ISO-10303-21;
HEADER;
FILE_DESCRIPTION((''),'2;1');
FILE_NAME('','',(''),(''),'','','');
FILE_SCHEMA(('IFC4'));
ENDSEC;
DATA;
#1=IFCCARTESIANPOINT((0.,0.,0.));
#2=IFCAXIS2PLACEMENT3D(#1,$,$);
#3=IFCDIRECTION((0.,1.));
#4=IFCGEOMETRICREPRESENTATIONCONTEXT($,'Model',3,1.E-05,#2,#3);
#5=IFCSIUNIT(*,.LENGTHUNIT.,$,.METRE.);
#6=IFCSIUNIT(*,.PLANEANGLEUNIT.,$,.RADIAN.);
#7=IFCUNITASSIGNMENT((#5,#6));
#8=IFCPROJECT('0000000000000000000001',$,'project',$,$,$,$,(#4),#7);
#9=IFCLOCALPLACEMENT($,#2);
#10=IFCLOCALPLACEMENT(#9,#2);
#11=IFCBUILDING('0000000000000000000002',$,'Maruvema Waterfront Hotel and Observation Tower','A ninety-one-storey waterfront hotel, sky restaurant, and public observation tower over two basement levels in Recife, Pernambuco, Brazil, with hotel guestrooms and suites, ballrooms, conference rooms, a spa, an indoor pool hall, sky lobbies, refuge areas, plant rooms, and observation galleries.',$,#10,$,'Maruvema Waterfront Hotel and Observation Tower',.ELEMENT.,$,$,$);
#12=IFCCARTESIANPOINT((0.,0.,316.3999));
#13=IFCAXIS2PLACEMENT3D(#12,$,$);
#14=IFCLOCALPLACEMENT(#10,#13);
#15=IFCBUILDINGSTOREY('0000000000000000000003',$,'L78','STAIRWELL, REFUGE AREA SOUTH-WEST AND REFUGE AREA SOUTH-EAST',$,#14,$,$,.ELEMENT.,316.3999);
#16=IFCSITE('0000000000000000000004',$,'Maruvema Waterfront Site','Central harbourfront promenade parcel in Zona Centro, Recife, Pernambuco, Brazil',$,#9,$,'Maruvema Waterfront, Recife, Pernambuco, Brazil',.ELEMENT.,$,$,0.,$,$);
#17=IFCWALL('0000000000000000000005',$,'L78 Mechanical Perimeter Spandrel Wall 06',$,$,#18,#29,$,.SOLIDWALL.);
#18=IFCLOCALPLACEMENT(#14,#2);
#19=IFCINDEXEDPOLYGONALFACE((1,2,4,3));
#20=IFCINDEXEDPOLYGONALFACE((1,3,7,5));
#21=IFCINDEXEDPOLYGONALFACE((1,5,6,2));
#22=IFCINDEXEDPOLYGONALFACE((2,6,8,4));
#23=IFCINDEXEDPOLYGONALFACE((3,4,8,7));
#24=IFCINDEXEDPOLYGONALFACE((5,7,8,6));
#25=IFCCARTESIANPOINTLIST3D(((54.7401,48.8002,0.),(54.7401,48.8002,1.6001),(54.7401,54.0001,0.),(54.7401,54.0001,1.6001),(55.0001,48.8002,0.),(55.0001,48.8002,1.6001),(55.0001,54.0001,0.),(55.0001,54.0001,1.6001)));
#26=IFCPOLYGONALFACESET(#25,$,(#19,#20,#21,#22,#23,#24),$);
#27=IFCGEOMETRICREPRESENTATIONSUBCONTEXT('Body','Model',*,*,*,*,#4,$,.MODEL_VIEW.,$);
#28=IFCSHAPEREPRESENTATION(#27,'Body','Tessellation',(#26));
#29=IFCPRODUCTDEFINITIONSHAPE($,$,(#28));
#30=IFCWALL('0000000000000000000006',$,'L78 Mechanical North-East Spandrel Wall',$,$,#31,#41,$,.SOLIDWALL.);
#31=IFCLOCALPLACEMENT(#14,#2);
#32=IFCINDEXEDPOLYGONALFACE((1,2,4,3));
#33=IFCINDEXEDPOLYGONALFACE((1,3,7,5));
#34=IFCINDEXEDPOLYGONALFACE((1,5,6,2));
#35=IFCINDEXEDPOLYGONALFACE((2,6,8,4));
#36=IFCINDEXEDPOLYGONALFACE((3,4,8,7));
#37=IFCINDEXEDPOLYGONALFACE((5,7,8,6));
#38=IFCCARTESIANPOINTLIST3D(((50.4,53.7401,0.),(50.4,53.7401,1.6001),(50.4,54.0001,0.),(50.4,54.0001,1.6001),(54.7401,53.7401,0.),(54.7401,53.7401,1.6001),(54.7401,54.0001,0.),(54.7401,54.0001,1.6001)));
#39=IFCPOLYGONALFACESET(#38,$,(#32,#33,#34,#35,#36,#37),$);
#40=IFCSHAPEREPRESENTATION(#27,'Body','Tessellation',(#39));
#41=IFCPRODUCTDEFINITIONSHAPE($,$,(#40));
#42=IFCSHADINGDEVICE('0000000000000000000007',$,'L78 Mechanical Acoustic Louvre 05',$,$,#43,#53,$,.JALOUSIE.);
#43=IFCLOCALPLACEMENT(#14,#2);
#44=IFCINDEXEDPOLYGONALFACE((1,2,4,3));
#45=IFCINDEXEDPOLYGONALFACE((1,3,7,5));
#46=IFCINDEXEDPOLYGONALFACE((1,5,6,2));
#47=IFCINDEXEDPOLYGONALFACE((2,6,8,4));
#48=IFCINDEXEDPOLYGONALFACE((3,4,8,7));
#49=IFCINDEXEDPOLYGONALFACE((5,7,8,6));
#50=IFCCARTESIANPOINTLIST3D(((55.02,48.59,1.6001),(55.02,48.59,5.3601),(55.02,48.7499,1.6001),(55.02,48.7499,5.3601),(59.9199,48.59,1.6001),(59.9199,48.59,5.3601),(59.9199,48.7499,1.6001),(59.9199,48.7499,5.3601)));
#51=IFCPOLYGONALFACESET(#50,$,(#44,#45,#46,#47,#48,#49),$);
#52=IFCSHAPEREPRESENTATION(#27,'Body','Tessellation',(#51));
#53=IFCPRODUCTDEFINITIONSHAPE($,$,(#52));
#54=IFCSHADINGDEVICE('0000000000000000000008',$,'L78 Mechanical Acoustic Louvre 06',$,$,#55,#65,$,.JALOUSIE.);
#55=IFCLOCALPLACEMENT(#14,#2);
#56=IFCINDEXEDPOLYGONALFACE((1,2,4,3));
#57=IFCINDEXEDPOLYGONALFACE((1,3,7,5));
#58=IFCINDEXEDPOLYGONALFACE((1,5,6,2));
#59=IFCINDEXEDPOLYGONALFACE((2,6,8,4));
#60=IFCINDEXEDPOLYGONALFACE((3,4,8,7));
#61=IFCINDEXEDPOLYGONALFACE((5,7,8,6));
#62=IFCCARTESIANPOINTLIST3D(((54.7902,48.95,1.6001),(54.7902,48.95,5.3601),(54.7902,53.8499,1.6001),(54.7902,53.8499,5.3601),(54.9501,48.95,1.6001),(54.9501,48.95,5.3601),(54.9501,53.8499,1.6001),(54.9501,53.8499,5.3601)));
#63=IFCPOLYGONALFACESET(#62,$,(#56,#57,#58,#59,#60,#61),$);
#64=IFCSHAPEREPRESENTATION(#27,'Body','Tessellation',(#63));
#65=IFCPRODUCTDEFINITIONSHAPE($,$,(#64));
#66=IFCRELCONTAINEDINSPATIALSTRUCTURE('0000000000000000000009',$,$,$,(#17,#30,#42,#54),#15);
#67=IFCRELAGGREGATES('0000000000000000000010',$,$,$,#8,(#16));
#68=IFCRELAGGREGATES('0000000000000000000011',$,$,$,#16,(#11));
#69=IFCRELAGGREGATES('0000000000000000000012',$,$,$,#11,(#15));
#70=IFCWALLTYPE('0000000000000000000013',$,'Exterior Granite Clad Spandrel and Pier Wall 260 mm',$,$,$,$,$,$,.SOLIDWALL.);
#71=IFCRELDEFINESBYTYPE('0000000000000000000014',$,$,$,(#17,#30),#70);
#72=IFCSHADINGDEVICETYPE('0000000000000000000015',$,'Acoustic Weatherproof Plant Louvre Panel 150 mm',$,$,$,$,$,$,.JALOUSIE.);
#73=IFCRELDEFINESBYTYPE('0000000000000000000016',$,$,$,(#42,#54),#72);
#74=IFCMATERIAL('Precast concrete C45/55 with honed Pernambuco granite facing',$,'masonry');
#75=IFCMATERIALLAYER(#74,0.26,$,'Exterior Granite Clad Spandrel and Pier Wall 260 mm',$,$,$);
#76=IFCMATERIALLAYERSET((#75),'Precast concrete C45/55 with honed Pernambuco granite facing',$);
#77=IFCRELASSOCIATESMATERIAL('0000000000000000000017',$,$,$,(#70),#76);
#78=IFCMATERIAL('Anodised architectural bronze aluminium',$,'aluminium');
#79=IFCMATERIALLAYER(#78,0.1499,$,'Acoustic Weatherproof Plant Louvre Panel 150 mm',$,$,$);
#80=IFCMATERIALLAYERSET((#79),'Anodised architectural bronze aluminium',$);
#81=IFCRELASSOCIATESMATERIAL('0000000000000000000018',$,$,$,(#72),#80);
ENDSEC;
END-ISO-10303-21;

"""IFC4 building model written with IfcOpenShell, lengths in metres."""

from ifc_helpers import new_model, si_unit, direction, frame, frame_2d, origin, origin_2d, place, context, subcontext, project, spatial, rectangle, extrude, material, layer, layer_set, type_object, element, save


model = new_model("IFC4")

# Units and contexts
model_context = context("Model", 3, precision=1e-05, world=origin(), true_north=direction((0.0, 1.0)))
body_context = subcontext(model_context, "Body", "Model", "MODEL_VIEW")
ifc_project = project(units=[si_unit("LENGTHUNIT", "METRE"), si_unit("PLANEANGLEUNIT", "RADIAN")], contexts=[model_context])

# Site, building, storey
site_placement = place(None, origin())
site = spatial("IfcSite", under=ifc_project, at=site_placement, Name="Maruvema Waterfront Site", Description="Central harbourfront promenade parcel in Zona Centro, Recife, Pernambuco, Brazil", LongName="Maruvema Waterfront, Recife, Pernambuco, Brazil", CompositionType="ELEMENT", RefElevation=0.0)
building_placement = place(site_placement, origin())
building = spatial("IfcBuilding", under=site, at=building_placement, Name="Maruvema Waterfront Hotel and Observation Tower", Description="A ninety-one-storey waterfront hotel, sky restaurant, and public observation tower over two basement levels in Recife, Pernambuco, Brazil, with hotel guestrooms and suites, ballrooms, conference rooms, a spa, an indoor pool hall, sky lobbies, refuge areas, plant rooms, and observation galleries.", LongName="Maruvema Waterfront Hotel and Observation Tower", CompositionType="ELEMENT")
storey_placement = place(building_placement, frame((0.0, 0.0, 316.3999)))
storey = spatial("IfcBuildingStorey", under=building, at=storey_placement, Name="L78", Description="STAIRWELL, REFUGE AREA SOUTH-WEST AND REFUGE AREA SOUTH-EAST", CompositionType="ELEMENT", Elevation=316.3999)

# Walls
ifc_material_1 = material(Name="Precast concrete C45/55 with honed Pernambuco granite facing", Category="masonry")
ifc_layer_1 = layer(ifc_material_1, 0.26, Name="Exterior Granite Clad Spandrel and Pier Wall 260 mm")
ifc_layer_set_1 = layer_set([ifc_layer_1], Name="Precast concrete C45/55 with honed Pernambuco granite facing")
wall_type = type_object("IfcWallType", Name="Exterior Granite Clad Spandrel and Pier Wall 260 mm", PredefinedType="SOLIDWALL", material=ifc_layer_set_1)
wall_1_placement = place(storey_placement, frame((54.8701, 48.8, 0.0), z_axis=(0.0, 0.0, 1.0), x_axis=(0.0, 1.0, 0.0)))
element("IfcWall", 1, at=wall_1_placement, inside=storey, type_object=wall_type, Name="L78 Mechanical Perimeter Spandrel Wall 06", PredefinedType="SOLIDWALL", context=body_context, shape_type="SweptSolid", body=[
    extrude(rectangle(XDim=5.2, YDim=0.26, at=frame_2d((2.6001, 0.0))), origin(), (0.0, 0.0, 1.0), 1.6001),
])
wall_2_placement = place(storey_placement, frame((54.74, 53.8701, 0.0), z_axis=(0.0, 0.0, 1.0), x_axis=(-1.0, 0.0, 0.0)))
element("IfcWall", 2, at=wall_2_placement, inside=storey, type_object=wall_type, Name="L78 Mechanical North-East Spandrel Wall", PredefinedType="SOLIDWALL", context=body_context, shape_type="SweptSolid", body=[
    extrude(rectangle(XDim=4.3401, YDim=0.26, at=frame_2d((2.1699, 0.0))), origin(), (0.0, 0.0, 1.0), 1.6001),
])

# Shading devices
ifc_material_2 = material(Name="Anodised architectural bronze aluminium", Category="aluminium")
ifc_layer_2 = layer(ifc_material_2, 0.1499, Name="Acoustic Weatherproof Plant Louvre Panel 150 mm")
ifc_layer_set_2 = layer_set([ifc_layer_2], Name="Anodised architectural bronze aluminium")
shading_device_type = type_object("IfcShadingDeviceType", Name="Acoustic Weatherproof Plant Louvre Panel 150 mm", PredefinedType="JALOUSIE", material=ifc_layer_set_2)
for number, where, z_axis, x_axis, name in (
    (3, (57.47, 48.6699, 1.6001), (0.0, 0.0, 1.0), (-1.0, 0.0, 0.0), "L78 Mechanical Acoustic Louvre 05"),
    (4, (54.8701, 51.3999, 1.6001), (0.0, 0.0, 1.0), (0.0, 1.0, 0.0), "L78 Mechanical Acoustic Louvre 06"),
):
    element("IfcShadingDevice", number, at=place(storey_placement, frame(where, z_axis=z_axis, x_axis=x_axis)), inside=storey, type_object=shading_device_type, Name=name, PredefinedType="JALOUSIE", context=body_context, shape_type="SweptSolid", body=[
        extrude(rectangle(XDim=4.8999, YDim=0.1599, at=origin_2d()), origin(), (0.0, 0.0, 1.0), 3.76),
    ])

save(model, "model.ifc")
